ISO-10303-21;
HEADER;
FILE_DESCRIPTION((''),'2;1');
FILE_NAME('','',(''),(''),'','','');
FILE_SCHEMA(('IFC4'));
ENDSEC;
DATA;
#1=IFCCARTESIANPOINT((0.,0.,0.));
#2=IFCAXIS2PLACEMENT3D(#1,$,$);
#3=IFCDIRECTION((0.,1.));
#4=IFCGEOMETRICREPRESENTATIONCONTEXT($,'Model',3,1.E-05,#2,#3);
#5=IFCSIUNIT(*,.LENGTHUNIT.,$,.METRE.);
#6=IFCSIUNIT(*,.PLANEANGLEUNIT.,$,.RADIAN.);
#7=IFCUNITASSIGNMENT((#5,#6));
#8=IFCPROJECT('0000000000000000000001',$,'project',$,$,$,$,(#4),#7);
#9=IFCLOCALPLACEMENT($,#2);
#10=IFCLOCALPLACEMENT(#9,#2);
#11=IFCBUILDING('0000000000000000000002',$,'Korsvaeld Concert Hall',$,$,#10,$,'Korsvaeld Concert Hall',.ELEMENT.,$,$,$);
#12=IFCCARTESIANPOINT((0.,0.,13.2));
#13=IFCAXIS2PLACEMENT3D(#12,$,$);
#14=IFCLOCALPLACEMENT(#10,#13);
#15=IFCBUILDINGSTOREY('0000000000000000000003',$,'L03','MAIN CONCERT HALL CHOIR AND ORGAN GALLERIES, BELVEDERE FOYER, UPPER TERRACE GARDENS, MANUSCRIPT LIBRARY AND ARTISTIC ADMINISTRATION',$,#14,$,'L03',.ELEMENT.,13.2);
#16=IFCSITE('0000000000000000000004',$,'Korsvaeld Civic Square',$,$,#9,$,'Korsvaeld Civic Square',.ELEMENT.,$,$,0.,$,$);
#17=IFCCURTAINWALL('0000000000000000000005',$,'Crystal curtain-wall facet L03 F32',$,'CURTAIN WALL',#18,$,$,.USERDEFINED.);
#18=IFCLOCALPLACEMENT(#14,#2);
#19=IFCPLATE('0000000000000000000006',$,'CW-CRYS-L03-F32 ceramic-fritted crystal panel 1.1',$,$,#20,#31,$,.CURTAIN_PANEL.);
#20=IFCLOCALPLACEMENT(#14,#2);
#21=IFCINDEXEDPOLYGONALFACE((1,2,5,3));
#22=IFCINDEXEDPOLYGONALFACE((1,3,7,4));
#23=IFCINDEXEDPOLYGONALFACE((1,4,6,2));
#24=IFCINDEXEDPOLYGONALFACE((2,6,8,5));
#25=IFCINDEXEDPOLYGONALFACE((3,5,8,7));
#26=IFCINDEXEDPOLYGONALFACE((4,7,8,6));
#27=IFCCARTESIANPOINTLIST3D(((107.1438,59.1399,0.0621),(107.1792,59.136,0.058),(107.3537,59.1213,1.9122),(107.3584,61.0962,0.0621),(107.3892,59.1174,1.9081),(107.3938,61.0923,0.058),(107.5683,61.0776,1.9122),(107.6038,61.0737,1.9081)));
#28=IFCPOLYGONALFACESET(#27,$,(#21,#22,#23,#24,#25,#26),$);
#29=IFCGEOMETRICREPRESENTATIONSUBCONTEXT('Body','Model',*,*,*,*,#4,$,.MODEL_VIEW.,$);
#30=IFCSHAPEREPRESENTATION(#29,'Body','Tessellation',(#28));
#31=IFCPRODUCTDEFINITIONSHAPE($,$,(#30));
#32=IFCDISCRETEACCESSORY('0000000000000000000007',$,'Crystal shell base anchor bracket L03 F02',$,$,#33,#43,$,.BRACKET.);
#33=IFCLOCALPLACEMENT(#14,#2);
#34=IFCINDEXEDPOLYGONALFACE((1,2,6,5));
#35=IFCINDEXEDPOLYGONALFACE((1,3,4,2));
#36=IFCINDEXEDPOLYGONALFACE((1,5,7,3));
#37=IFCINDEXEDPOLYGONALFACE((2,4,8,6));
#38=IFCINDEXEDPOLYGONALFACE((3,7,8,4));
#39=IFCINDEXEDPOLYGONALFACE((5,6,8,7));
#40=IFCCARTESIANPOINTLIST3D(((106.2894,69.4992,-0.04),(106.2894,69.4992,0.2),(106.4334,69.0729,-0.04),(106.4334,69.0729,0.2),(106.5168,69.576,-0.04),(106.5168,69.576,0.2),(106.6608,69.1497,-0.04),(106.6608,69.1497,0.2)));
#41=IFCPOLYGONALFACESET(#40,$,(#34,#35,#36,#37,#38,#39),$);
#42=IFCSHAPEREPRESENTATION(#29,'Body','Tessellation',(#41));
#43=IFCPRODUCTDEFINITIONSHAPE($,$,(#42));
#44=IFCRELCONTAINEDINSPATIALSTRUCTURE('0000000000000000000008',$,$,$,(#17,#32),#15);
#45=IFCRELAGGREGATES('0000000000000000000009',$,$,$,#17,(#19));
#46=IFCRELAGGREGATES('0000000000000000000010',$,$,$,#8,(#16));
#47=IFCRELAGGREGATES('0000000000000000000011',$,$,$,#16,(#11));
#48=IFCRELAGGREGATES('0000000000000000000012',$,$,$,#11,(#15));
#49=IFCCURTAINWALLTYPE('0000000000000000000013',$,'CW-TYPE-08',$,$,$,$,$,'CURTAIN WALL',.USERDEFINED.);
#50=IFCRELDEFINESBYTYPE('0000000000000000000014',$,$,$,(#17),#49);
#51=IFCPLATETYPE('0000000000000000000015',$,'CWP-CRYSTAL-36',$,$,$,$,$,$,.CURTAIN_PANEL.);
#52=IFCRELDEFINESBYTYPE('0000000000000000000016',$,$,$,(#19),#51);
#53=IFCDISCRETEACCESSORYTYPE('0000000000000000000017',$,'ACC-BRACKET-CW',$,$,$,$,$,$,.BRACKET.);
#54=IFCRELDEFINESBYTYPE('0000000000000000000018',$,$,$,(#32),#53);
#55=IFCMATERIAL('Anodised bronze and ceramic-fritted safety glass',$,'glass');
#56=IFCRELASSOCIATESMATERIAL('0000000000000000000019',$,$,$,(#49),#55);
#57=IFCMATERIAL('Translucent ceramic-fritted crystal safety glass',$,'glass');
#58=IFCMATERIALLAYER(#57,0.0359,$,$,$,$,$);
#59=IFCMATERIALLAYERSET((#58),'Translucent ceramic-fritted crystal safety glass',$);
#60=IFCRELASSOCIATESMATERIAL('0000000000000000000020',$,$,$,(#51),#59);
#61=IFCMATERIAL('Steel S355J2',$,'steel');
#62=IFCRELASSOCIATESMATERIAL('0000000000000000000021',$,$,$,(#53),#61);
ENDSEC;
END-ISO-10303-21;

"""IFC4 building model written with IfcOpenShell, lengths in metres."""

from ifc_helpers import new_model, si_unit, direction, frame, origin, origin_2d, place, context, subcontext, project, spatial, polyline, rectangle, outline, extrude, material, layer, layer_set, type_object, element, aggregate, save


model = new_model("IFC4")

# Units and contexts
model_context = context("Model", 3, precision=1e-05, world=origin(), true_north=direction((0.0, 1.0)))
body_context = subcontext(model_context, "Body", "Model", "MODEL_VIEW")
ifc_project = project(units=[si_unit("LENGTHUNIT", "METRE"), si_unit("PLANEANGLEUNIT", "RADIAN")], contexts=[model_context])

# Site, building, storey
site_placement = place(None, origin())
site = spatial("IfcSite", under=ifc_project, at=site_placement, Name="Korsvaeld Civic Square", LongName="Korsvaeld Civic Square", CompositionType="ELEMENT", RefElevation=0.0)
building_placement = place(site_placement, origin())
building = spatial("IfcBuilding", under=site, at=building_placement, Name="Korsvaeld Concert Hall", LongName="Korsvaeld Concert Hall", CompositionType="ELEMENT")
storey_placement = place(building_placement, frame((0.0, 0.0, 13.2)))
storey = spatial("IfcBuildingStorey", under=building, at=storey_placement, Name="L03", Description="MAIN CONCERT HALL CHOIR AND ORGAN GALLERIES, BELVEDERE FOYER, UPPER TERRACE GARDENS, MANUSCRIPT LIBRARY AND ARTISTIC ADMINISTRATION", LongName="L03", CompositionType="ELEMENT", Elevation=13.2)

# Shared definitions
ifc_material_1 = material(Name="Anodised bronze and ceramic-fritted safety glass", Category="glass")

# Curtain wall
curtain_wall_type_1 = type_object("IfcCurtainWallType", Name="CW-TYPE-08", ElementType="CURTAIN WALL", PredefinedType="USERDEFINED", material=ifc_material_1)
curtain_wall_1_placement = place(storey_placement, origin())
curtain_wall_1 = element("IfcCurtainWall", 1, at=curtain_wall_1_placement, inside=storey, type_object=curtain_wall_type_1, Name="Crystal curtain-wall facet L03 F32", ObjectType="CURTAIN WALL", PredefinedType="USERDEFINED")

# Plate
ifc_material_2 = material(Name="Translucent ceramic-fritted crystal safety glass", Category="glass")
ifc_layer = layer(ifc_material_2, 0.0359)
ifc_layer_set = layer_set([ifc_layer], Name="Translucent ceramic-fritted crystal safety glass")
plate_type = type_object("IfcPlateType", Name="CWP-CRYSTAL-36", PredefinedType="CURTAIN_PANEL", material=ifc_layer_set)
plate_1_placement = place(storey_placement, frame((107.1614, 59.1379, 0.0601), z_axis=(0.987651, -0.108342, -0.113172), x_axis=(0.109043, 0.994037, 0.0)))
plate_1 = element("IfcPlate", 2, at=plate_1_placement, type_object=plate_type, Name="CW-CRYS-L03-F32 ceramic-fritted crystal panel 1.1", PredefinedType="CURTAIN_PANEL", context=body_context, shape_type="SweptSolid", body=[
    extrude(outline(polyline([(0.0, 0.0), (1.968, 0.0), (1.9725, 1.8621), (0.0045, 1.8621), (0.0, 0.0)])), frame((0.0, 0.0, 0.0181)), (0.0, 0.0, -1.0), 0.0359),
])
aggregate(curtain_wall_1, [plate_1])

# Discrete accessory
ifc_material_3 = material(Name="Steel S355J2", Category="steel")
discrete_accessory_type = type_object("IfcDiscreteAccessoryType", Name="ACC-BRACKET-CW", PredefinedType="BRACKET", material=ifc_material_3)
discrete_accessory_placement = place(storey_placement, frame((106.4751, 69.3245, -0.04), z_axis=(0.0, 0.0, 1.0), x_axis=(-0.319952, 0.947434, 0.0)))
element("IfcDiscreteAccessory", 3, at=discrete_accessory_placement, inside=storey, type_object=discrete_accessory_type, Name="Crystal shell base anchor bracket L03 F02", PredefinedType="BRACKET", context=body_context, shape_type="SweptSolid", body=[
    extrude(rectangle(XDim=0.45, YDim=0.24, at=origin_2d()), origin(), (0.0, 0.0, 1.0), 0.24),
])

save(model, "model.ifc")
